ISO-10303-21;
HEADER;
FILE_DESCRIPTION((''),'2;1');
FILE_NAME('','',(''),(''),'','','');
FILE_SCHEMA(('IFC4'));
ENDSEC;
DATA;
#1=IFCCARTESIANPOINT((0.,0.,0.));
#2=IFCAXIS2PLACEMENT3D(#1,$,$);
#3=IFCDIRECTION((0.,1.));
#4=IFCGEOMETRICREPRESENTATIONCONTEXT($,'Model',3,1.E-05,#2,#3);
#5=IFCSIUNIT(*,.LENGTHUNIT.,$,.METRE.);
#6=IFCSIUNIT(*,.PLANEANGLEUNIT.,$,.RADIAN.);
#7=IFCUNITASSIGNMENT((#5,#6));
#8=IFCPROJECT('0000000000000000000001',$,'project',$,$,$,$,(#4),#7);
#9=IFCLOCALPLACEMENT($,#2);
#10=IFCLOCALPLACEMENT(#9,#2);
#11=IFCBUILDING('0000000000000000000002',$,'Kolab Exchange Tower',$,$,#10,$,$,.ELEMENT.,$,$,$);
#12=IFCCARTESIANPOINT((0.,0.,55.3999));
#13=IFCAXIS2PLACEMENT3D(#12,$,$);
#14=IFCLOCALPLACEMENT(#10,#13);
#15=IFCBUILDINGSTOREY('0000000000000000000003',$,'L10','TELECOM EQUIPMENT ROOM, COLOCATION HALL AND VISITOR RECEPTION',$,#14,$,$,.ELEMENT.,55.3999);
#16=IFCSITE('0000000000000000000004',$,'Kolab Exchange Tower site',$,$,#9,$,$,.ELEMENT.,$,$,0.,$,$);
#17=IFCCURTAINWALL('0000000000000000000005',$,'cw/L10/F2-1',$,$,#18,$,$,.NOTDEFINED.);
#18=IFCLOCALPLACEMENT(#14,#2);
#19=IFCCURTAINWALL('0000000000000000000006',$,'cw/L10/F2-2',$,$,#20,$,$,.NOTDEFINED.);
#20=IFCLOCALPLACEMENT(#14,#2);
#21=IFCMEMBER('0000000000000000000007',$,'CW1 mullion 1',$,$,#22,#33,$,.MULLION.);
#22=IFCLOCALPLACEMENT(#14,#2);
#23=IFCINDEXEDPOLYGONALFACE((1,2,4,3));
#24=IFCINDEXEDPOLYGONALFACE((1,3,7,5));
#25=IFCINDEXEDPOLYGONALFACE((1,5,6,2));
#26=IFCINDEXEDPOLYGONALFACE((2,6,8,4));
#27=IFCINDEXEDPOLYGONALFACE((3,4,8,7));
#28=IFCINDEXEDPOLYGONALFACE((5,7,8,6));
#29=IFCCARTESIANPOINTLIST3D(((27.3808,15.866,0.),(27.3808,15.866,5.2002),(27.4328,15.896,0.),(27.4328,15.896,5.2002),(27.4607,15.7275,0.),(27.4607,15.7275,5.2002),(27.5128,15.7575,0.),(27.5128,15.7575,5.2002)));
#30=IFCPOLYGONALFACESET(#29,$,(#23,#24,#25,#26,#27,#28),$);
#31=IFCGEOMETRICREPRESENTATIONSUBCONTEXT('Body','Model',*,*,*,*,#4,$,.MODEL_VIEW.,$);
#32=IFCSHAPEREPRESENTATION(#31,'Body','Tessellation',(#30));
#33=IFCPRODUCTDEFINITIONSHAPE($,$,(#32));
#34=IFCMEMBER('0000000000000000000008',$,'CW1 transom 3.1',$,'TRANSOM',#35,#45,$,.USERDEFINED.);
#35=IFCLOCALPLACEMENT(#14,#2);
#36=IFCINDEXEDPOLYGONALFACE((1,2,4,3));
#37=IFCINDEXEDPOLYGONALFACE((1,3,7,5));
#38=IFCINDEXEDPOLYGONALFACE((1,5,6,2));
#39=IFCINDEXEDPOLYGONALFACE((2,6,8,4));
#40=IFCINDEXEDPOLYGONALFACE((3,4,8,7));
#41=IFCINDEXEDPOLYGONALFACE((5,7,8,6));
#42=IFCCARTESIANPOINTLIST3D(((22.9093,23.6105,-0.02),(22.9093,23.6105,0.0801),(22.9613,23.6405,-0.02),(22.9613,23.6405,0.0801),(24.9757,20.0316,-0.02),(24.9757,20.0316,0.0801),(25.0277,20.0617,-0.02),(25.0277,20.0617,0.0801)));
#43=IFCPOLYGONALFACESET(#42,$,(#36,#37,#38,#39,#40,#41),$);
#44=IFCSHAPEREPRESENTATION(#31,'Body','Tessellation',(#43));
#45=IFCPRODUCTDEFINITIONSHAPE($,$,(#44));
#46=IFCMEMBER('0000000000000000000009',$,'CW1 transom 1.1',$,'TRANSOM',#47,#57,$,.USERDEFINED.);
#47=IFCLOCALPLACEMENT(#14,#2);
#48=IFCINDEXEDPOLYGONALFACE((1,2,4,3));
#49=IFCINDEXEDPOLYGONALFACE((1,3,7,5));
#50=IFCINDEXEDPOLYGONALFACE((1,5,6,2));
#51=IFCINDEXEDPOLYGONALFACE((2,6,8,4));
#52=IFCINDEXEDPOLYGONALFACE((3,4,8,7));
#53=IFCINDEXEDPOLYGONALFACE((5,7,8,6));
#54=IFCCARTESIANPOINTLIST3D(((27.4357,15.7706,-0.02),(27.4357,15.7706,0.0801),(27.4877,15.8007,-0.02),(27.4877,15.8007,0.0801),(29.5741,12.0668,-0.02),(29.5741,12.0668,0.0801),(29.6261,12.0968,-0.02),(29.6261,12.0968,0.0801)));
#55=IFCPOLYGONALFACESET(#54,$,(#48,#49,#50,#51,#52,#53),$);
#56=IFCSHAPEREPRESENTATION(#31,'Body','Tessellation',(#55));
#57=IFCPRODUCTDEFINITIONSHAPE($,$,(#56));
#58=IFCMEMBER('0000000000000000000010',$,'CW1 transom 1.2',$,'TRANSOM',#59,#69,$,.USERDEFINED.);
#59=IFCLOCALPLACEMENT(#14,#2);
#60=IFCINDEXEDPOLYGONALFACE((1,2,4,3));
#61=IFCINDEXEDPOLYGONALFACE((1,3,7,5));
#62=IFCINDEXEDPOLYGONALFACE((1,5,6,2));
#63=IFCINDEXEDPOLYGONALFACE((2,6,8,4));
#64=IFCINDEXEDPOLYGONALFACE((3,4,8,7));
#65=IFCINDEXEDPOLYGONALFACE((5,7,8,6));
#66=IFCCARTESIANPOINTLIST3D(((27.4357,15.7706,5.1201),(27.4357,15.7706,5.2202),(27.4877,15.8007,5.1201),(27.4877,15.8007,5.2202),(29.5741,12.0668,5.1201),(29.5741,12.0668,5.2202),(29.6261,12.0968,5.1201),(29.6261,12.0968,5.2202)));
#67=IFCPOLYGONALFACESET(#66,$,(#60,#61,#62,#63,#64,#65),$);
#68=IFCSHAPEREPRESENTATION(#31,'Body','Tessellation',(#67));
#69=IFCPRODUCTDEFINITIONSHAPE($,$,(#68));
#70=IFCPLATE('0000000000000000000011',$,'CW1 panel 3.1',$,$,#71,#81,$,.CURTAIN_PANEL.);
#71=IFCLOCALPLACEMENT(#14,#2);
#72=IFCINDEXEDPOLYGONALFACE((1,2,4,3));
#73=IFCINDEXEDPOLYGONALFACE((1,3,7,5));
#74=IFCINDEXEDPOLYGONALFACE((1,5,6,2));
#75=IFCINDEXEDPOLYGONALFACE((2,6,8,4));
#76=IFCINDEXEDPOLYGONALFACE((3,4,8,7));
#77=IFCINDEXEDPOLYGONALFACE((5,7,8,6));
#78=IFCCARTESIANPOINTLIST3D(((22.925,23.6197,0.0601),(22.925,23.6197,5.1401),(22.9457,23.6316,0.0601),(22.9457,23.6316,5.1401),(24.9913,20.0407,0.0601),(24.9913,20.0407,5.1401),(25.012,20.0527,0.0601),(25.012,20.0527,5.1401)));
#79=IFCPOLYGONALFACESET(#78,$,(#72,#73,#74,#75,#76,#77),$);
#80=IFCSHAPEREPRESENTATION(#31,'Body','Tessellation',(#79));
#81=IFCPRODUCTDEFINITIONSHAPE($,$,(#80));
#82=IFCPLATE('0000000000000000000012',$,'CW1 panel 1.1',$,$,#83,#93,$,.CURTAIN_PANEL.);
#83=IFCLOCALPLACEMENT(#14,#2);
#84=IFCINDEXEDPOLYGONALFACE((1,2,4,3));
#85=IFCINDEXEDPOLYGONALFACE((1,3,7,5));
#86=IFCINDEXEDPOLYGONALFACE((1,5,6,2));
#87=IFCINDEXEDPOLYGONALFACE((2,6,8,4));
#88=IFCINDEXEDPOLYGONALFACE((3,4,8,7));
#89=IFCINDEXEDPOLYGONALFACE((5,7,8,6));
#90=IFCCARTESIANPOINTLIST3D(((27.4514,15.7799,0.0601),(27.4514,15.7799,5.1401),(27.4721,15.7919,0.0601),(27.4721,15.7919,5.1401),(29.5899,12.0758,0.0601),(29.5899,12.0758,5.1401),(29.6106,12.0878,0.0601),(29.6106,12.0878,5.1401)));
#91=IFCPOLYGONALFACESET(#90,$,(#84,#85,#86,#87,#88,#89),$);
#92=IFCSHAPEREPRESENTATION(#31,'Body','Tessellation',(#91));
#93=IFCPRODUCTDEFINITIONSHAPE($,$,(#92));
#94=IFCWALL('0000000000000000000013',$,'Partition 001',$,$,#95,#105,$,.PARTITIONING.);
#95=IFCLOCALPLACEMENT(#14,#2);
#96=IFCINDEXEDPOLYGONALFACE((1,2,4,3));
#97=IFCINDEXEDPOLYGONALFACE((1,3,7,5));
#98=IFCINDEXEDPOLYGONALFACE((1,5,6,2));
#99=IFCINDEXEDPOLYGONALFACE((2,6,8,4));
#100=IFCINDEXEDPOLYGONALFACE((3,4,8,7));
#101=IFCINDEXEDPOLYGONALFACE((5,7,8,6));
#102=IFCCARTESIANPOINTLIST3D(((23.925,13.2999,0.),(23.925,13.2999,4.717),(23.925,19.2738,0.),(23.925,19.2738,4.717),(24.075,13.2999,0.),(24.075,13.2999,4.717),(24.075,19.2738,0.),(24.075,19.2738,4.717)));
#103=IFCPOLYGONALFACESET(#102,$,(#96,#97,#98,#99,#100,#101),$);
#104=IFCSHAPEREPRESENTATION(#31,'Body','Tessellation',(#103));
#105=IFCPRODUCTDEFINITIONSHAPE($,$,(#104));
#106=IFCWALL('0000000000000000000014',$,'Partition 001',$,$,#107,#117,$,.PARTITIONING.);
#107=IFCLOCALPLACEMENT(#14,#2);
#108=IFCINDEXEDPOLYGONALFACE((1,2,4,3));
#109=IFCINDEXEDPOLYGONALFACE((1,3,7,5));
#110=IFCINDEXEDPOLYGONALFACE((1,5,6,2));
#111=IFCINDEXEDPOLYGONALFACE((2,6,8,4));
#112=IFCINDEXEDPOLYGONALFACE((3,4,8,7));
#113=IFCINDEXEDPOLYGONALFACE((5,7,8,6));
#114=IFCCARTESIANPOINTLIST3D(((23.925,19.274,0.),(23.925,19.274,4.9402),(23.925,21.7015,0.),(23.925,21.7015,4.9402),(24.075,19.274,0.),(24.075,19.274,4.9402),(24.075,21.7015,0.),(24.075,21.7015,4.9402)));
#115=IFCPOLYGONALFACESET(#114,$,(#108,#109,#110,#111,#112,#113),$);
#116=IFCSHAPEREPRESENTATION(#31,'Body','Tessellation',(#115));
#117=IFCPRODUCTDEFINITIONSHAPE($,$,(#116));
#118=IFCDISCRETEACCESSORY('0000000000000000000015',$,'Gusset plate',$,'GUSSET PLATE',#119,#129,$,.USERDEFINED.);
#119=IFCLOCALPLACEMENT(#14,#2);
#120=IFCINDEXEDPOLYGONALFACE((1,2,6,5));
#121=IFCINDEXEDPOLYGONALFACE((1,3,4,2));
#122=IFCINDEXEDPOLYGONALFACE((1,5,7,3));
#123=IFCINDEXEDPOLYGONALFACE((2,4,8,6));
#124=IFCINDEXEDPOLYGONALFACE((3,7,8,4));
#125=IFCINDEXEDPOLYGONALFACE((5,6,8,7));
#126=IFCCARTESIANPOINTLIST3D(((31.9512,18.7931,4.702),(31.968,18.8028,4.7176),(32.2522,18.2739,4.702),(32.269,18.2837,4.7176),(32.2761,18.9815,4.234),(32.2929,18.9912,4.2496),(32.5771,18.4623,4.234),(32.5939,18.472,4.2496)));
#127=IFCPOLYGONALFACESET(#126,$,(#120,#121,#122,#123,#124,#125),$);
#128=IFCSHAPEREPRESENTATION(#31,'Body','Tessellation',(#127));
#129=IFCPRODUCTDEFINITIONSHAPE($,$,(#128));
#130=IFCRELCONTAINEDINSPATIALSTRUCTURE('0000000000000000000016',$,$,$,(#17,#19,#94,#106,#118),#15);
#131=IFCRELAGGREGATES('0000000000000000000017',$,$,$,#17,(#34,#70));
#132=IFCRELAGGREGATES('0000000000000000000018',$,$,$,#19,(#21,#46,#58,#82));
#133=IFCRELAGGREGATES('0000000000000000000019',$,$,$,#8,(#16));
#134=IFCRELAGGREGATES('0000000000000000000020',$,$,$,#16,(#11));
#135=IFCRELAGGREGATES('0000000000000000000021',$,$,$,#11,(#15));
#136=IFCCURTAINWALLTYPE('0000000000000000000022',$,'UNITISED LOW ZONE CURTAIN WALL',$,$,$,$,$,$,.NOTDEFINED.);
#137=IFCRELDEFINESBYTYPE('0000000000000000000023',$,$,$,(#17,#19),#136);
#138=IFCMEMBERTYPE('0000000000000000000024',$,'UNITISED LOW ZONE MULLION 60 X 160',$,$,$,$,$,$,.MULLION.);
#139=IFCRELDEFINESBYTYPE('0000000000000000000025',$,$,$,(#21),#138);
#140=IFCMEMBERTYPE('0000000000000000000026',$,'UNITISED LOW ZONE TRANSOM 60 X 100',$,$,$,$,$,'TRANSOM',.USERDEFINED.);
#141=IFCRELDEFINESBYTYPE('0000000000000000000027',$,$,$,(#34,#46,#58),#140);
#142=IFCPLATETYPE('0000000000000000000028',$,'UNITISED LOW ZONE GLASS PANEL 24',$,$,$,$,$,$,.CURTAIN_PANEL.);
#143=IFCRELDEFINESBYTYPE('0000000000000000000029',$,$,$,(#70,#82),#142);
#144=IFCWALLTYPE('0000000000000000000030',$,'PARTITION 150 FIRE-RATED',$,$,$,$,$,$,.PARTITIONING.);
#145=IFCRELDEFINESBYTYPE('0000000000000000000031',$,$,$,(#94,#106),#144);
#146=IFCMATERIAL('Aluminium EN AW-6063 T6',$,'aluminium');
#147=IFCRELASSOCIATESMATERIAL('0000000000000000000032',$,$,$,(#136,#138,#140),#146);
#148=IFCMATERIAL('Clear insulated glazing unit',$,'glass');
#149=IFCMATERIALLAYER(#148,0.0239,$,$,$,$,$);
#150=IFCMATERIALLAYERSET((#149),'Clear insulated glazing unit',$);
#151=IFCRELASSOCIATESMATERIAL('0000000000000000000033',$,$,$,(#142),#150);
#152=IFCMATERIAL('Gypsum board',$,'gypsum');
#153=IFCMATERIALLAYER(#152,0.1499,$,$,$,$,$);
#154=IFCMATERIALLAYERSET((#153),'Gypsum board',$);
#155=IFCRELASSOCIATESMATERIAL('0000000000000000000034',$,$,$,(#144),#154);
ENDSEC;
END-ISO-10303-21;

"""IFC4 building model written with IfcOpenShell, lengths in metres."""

from ifc_helpers import new_model, si_unit, direction, frame, frame_2d, origin, origin_2d, place, context, subcontext, project, spatial, rectangle, extrude, material, layer, layer_set, material_profile, profile_set, type_object, element, aggregate, save


model = new_model("IFC4")

# Units and contexts
model_context = context("Model", 3, precision=1e-05, world=origin(), true_north=direction((0.0, 1.0)))
body_context = subcontext(model_context, "Body", "Model", "MODEL_VIEW")
ifc_project = project(units=[si_unit("LENGTHUNIT", "METRE"), si_unit("PLANEANGLEUNIT", "RADIAN")], contexts=[model_context])

# Site, building, storey
site_placement = place(None, origin())
site = spatial("IfcSite", under=ifc_project, at=site_placement, Name="Kolab Exchange Tower site", CompositionType="ELEMENT", RefElevation=0.0)
building_placement = place(site_placement, origin())
building = spatial("IfcBuilding", under=site, at=building_placement, Name="Kolab Exchange Tower", CompositionType="ELEMENT")
storey_placement = place(building_placement, frame((0.0, 0.0, 55.3999)))
storey = spatial("IfcBuildingStorey", under=building, at=storey_placement, Name="L10", Description="TELECOM EQUIPMENT ROOM, COLOCATION HALL AND VISITOR RECEPTION", CompositionType="ELEMENT", Elevation=55.3999)

# Curtain walls, member
ifc_material_1 = material(Name="Aluminium EN AW-6063 T6", Category="aluminium")
curtain_wall_type = type_object("IfcCurtainWallType", Name="UNITISED LOW ZONE CURTAIN WALL", PredefinedType="NOTDEFINED", material=ifc_material_1)
curtain_wall_1_placement = place(storey_placement, origin())
curtain_wall_1 = element("IfcCurtainWall", 1, at=curtain_wall_1_placement, inside=storey, type_object=curtain_wall_type, Name="cw/L10/F2-1", PredefinedType="NOTDEFINED")
ifc_material_profile_1 = material_profile(ifc_material_1, rectangle(XDim=0.0601, YDim=0.1599, at=origin_2d()), Name="RECT 60X160")
ifc_profile_set_1 = profile_set([ifc_material_profile_1], Name="Aluminium EN AW-6063 T6")
member_type_1 = type_object("IfcMemberType", Name="UNITISED LOW ZONE MULLION 60 X 160", PredefinedType="MULLION", material=ifc_profile_set_1)
curtain_wall_2_placement = place(storey_placement, origin())
curtain_wall_2 = element("IfcCurtainWall", 2, at=curtain_wall_2_placement, inside=storey, type_object=curtain_wall_type, Name="cw/L10/F2-2", PredefinedType="NOTDEFINED")
member_1_placement = place(storey_placement, frame((27.4468, 15.8118, 0.0), z_axis=(0.0, 0.0, 1.0), x_axis=(0.866025, 0.5, 0.0)))
member_1 = element("IfcMember", 3, at=member_1_placement, type_object=member_type_1, Name="CW1 mullion 1", PredefinedType="MULLION", context=body_context, shape_type="SweptSolid", body=[
    extrude(rectangle(XDim=0.0601, YDim=0.1599, at=origin_2d()), origin(), (0.0, 0.0, 1.0), 5.2002),
])

# Members
ifc_material_profile_2 = material_profile(ifc_material_1, rectangle(XDim=0.0601, YDim=0.1001, at=origin_2d()), Name="RECT 60X100")
ifc_profile_set_2 = profile_set([ifc_material_profile_2], Name="Aluminium EN AW-6063 T6")
member_type_2 = type_object("IfcMemberType", Name="UNITISED LOW ZONE TRANSOM 60 X 100", ElementType="TRANSOM", PredefinedType="USERDEFINED", material=ifc_profile_set_2)
member_2_placement = place(storey_placement, frame((22.9353, 23.6255, 0.03), z_axis=(0.500028, -0.866009, 0.0), x_axis=(0.866009, 0.500028, 0.0)))
member_2 = element("IfcMember", 4, at=member_2_placement, type_object=member_type_2, Name="CW1 transom 3.1", ObjectType="TRANSOM", PredefinedType="USERDEFINED", context=body_context, shape_type="SweptSolid", body=[
    extrude(rectangle(XDim=0.0601, YDim=0.1001, at=origin_2d()), origin(), (0.0, 0.0, 1.0), 4.1326),
])
member_3_placement = place(storey_placement, frame((27.4617, 15.7856, 0.03), z_axis=(0.500001, -0.866025, 0.0), x_axis=(0.866025, 0.500001, 0.0)))
member_3 = element("IfcMember", 5, at=member_3_placement, type_object=member_type_2, Name="CW1 transom 1.1", ObjectType="TRANSOM", PredefinedType="USERDEFINED", context=body_context, shape_type="SweptSolid", body=[
    extrude(rectangle(XDim=0.0601, YDim=0.1001, at=origin_2d()), origin(), (0.0, 0.0, 1.0), 4.2769),
])
member_4_placement = place(storey_placement, frame((27.4617, 15.7856, 5.1702), z_axis=(0.500001, -0.866025, 0.0), x_axis=(0.866025, 0.500001, 0.0)))
member_4 = element("IfcMember", 6, at=member_4_placement, type_object=member_type_2, Name="CW1 transom 1.2", ObjectType="TRANSOM", PredefinedType="USERDEFINED", context=body_context, shape_type="SweptSolid", body=[
    extrude(rectangle(XDim=0.0601, YDim=0.1001, at=origin_2d()), origin(), (0.0, 0.0, 1.0), 4.2769),
])

# Plates
ifc_material_2 = material(Name="Clear insulated glazing unit", Category="glass")
ifc_layer_1 = layer(ifc_material_2, 0.0239)
ifc_layer_set_1 = layer_set([ifc_layer_1], Name="Clear insulated glazing unit")
plate_type = type_object("IfcPlateType", Name="UNITISED LOW ZONE GLASS PANEL 24", PredefinedType="CURTAIN_PANEL", material=ifc_layer_set_1)
plate_1_placement = place(storey_placement, frame((23.9685, 21.8362, 0.0601), z_axis=(0.0, 0.0, 1.0), x_axis=(0.5, -0.866025, 0.0)))
plate_1 = element("IfcPlate", 7, at=plate_1_placement, type_object=plate_type, Name="CW1 panel 3.1", PredefinedType="CURTAIN_PANEL", context=body_context, shape_type="SweptSolid", body=[
    extrude(rectangle(XDim=4.1326, YDim=0.0239, at=origin_2d()), origin(), (0.0, 0.0, 1.0), 5.0801),
])
aggregate(curtain_wall_1, [member_2, plate_1])
plate_2_placement = place(storey_placement, frame((28.531, 13.9338, 0.0601), z_axis=(0.0, 0.0, 1.0), x_axis=(0.5, -0.866025, 0.0)))
plate_2 = element("IfcPlate", 8, at=plate_2_placement, type_object=plate_type, Name="CW1 panel 1.1", PredefinedType="CURTAIN_PANEL", context=body_context, shape_type="SweptSolid", body=[
    extrude(rectangle(XDim=4.2771, YDim=0.0239, at=origin_2d()), origin(), (0.0, 0.0, 1.0), 5.0801),
])
aggregate(curtain_wall_2, [member_1, member_3, member_4, plate_2])

# Walls
ifc_material_3 = material(Name="Gypsum board", Category="gypsum")
ifc_layer_2 = layer(ifc_material_3, 0.1499)
ifc_layer_set_2 = layer_set([ifc_layer_2], Name="Gypsum board")
wall_type_1 = type_object("IfcWallType", Name="PARTITION 150 FIRE-RATED", PredefinedType="PARTITIONING", material=ifc_layer_set_2)
wall_1_placement = place(storey_placement, frame((24.0, 13.3, 0.0), z_axis=(0.0, 0.0, 1.0), x_axis=(0.0, 1.0, 0.0)))
element("IfcWall", 9, at=wall_1_placement, inside=storey, type_object=wall_type_1, Name="Partition 001", PredefinedType="PARTITIONING", context=body_context, shape_type="SweptSolid", body=[
    extrude(rectangle(XDim=5.9739, YDim=0.1499, at=frame_2d((2.9868, 0.0))), origin(), (0.0, 0.0, 1.0), 4.717),
])
wall_2_placement = place(storey_placement, frame((24.0, 19.2739, 0.0), z_axis=(0.0, 0.0, 1.0), x_axis=(0.0, 1.0, 0.0)))
element("IfcWall", 10, at=wall_2_placement, inside=storey, type_object=wall_type_1, Name="Partition 001", PredefinedType="PARTITIONING", context=body_context, shape_type="SweptSolid", body=[
    extrude(rectangle(XDim=2.4275, YDim=0.1499, at=frame_2d((1.2139, 0.0))), origin(), (0.0, 0.0, 1.0), 4.9402),
])

# Discrete accessory
discrete_accessory_placement = place(storey_placement, frame((32.2642, 18.6277, 4.468), z_axis=(0.674754, 0.391162, 0.625859), x_axis=(-0.50153, 0.86514, 0.0)))
element("IfcDiscreteAccessory", 11, at=discrete_accessory_placement, inside=storey, Name="Gusset plate", ObjectType="GUSSET PLATE", PredefinedType="USERDEFINED", context=body_context, shape_type="SweptSolid", body=[
    extrude(rectangle(XDim=0.6001, YDim=0.6001, at=origin_2d()), origin(), (0.0, 0.0, 1.0), 0.0249),
])

save(model, "model.ifc")
